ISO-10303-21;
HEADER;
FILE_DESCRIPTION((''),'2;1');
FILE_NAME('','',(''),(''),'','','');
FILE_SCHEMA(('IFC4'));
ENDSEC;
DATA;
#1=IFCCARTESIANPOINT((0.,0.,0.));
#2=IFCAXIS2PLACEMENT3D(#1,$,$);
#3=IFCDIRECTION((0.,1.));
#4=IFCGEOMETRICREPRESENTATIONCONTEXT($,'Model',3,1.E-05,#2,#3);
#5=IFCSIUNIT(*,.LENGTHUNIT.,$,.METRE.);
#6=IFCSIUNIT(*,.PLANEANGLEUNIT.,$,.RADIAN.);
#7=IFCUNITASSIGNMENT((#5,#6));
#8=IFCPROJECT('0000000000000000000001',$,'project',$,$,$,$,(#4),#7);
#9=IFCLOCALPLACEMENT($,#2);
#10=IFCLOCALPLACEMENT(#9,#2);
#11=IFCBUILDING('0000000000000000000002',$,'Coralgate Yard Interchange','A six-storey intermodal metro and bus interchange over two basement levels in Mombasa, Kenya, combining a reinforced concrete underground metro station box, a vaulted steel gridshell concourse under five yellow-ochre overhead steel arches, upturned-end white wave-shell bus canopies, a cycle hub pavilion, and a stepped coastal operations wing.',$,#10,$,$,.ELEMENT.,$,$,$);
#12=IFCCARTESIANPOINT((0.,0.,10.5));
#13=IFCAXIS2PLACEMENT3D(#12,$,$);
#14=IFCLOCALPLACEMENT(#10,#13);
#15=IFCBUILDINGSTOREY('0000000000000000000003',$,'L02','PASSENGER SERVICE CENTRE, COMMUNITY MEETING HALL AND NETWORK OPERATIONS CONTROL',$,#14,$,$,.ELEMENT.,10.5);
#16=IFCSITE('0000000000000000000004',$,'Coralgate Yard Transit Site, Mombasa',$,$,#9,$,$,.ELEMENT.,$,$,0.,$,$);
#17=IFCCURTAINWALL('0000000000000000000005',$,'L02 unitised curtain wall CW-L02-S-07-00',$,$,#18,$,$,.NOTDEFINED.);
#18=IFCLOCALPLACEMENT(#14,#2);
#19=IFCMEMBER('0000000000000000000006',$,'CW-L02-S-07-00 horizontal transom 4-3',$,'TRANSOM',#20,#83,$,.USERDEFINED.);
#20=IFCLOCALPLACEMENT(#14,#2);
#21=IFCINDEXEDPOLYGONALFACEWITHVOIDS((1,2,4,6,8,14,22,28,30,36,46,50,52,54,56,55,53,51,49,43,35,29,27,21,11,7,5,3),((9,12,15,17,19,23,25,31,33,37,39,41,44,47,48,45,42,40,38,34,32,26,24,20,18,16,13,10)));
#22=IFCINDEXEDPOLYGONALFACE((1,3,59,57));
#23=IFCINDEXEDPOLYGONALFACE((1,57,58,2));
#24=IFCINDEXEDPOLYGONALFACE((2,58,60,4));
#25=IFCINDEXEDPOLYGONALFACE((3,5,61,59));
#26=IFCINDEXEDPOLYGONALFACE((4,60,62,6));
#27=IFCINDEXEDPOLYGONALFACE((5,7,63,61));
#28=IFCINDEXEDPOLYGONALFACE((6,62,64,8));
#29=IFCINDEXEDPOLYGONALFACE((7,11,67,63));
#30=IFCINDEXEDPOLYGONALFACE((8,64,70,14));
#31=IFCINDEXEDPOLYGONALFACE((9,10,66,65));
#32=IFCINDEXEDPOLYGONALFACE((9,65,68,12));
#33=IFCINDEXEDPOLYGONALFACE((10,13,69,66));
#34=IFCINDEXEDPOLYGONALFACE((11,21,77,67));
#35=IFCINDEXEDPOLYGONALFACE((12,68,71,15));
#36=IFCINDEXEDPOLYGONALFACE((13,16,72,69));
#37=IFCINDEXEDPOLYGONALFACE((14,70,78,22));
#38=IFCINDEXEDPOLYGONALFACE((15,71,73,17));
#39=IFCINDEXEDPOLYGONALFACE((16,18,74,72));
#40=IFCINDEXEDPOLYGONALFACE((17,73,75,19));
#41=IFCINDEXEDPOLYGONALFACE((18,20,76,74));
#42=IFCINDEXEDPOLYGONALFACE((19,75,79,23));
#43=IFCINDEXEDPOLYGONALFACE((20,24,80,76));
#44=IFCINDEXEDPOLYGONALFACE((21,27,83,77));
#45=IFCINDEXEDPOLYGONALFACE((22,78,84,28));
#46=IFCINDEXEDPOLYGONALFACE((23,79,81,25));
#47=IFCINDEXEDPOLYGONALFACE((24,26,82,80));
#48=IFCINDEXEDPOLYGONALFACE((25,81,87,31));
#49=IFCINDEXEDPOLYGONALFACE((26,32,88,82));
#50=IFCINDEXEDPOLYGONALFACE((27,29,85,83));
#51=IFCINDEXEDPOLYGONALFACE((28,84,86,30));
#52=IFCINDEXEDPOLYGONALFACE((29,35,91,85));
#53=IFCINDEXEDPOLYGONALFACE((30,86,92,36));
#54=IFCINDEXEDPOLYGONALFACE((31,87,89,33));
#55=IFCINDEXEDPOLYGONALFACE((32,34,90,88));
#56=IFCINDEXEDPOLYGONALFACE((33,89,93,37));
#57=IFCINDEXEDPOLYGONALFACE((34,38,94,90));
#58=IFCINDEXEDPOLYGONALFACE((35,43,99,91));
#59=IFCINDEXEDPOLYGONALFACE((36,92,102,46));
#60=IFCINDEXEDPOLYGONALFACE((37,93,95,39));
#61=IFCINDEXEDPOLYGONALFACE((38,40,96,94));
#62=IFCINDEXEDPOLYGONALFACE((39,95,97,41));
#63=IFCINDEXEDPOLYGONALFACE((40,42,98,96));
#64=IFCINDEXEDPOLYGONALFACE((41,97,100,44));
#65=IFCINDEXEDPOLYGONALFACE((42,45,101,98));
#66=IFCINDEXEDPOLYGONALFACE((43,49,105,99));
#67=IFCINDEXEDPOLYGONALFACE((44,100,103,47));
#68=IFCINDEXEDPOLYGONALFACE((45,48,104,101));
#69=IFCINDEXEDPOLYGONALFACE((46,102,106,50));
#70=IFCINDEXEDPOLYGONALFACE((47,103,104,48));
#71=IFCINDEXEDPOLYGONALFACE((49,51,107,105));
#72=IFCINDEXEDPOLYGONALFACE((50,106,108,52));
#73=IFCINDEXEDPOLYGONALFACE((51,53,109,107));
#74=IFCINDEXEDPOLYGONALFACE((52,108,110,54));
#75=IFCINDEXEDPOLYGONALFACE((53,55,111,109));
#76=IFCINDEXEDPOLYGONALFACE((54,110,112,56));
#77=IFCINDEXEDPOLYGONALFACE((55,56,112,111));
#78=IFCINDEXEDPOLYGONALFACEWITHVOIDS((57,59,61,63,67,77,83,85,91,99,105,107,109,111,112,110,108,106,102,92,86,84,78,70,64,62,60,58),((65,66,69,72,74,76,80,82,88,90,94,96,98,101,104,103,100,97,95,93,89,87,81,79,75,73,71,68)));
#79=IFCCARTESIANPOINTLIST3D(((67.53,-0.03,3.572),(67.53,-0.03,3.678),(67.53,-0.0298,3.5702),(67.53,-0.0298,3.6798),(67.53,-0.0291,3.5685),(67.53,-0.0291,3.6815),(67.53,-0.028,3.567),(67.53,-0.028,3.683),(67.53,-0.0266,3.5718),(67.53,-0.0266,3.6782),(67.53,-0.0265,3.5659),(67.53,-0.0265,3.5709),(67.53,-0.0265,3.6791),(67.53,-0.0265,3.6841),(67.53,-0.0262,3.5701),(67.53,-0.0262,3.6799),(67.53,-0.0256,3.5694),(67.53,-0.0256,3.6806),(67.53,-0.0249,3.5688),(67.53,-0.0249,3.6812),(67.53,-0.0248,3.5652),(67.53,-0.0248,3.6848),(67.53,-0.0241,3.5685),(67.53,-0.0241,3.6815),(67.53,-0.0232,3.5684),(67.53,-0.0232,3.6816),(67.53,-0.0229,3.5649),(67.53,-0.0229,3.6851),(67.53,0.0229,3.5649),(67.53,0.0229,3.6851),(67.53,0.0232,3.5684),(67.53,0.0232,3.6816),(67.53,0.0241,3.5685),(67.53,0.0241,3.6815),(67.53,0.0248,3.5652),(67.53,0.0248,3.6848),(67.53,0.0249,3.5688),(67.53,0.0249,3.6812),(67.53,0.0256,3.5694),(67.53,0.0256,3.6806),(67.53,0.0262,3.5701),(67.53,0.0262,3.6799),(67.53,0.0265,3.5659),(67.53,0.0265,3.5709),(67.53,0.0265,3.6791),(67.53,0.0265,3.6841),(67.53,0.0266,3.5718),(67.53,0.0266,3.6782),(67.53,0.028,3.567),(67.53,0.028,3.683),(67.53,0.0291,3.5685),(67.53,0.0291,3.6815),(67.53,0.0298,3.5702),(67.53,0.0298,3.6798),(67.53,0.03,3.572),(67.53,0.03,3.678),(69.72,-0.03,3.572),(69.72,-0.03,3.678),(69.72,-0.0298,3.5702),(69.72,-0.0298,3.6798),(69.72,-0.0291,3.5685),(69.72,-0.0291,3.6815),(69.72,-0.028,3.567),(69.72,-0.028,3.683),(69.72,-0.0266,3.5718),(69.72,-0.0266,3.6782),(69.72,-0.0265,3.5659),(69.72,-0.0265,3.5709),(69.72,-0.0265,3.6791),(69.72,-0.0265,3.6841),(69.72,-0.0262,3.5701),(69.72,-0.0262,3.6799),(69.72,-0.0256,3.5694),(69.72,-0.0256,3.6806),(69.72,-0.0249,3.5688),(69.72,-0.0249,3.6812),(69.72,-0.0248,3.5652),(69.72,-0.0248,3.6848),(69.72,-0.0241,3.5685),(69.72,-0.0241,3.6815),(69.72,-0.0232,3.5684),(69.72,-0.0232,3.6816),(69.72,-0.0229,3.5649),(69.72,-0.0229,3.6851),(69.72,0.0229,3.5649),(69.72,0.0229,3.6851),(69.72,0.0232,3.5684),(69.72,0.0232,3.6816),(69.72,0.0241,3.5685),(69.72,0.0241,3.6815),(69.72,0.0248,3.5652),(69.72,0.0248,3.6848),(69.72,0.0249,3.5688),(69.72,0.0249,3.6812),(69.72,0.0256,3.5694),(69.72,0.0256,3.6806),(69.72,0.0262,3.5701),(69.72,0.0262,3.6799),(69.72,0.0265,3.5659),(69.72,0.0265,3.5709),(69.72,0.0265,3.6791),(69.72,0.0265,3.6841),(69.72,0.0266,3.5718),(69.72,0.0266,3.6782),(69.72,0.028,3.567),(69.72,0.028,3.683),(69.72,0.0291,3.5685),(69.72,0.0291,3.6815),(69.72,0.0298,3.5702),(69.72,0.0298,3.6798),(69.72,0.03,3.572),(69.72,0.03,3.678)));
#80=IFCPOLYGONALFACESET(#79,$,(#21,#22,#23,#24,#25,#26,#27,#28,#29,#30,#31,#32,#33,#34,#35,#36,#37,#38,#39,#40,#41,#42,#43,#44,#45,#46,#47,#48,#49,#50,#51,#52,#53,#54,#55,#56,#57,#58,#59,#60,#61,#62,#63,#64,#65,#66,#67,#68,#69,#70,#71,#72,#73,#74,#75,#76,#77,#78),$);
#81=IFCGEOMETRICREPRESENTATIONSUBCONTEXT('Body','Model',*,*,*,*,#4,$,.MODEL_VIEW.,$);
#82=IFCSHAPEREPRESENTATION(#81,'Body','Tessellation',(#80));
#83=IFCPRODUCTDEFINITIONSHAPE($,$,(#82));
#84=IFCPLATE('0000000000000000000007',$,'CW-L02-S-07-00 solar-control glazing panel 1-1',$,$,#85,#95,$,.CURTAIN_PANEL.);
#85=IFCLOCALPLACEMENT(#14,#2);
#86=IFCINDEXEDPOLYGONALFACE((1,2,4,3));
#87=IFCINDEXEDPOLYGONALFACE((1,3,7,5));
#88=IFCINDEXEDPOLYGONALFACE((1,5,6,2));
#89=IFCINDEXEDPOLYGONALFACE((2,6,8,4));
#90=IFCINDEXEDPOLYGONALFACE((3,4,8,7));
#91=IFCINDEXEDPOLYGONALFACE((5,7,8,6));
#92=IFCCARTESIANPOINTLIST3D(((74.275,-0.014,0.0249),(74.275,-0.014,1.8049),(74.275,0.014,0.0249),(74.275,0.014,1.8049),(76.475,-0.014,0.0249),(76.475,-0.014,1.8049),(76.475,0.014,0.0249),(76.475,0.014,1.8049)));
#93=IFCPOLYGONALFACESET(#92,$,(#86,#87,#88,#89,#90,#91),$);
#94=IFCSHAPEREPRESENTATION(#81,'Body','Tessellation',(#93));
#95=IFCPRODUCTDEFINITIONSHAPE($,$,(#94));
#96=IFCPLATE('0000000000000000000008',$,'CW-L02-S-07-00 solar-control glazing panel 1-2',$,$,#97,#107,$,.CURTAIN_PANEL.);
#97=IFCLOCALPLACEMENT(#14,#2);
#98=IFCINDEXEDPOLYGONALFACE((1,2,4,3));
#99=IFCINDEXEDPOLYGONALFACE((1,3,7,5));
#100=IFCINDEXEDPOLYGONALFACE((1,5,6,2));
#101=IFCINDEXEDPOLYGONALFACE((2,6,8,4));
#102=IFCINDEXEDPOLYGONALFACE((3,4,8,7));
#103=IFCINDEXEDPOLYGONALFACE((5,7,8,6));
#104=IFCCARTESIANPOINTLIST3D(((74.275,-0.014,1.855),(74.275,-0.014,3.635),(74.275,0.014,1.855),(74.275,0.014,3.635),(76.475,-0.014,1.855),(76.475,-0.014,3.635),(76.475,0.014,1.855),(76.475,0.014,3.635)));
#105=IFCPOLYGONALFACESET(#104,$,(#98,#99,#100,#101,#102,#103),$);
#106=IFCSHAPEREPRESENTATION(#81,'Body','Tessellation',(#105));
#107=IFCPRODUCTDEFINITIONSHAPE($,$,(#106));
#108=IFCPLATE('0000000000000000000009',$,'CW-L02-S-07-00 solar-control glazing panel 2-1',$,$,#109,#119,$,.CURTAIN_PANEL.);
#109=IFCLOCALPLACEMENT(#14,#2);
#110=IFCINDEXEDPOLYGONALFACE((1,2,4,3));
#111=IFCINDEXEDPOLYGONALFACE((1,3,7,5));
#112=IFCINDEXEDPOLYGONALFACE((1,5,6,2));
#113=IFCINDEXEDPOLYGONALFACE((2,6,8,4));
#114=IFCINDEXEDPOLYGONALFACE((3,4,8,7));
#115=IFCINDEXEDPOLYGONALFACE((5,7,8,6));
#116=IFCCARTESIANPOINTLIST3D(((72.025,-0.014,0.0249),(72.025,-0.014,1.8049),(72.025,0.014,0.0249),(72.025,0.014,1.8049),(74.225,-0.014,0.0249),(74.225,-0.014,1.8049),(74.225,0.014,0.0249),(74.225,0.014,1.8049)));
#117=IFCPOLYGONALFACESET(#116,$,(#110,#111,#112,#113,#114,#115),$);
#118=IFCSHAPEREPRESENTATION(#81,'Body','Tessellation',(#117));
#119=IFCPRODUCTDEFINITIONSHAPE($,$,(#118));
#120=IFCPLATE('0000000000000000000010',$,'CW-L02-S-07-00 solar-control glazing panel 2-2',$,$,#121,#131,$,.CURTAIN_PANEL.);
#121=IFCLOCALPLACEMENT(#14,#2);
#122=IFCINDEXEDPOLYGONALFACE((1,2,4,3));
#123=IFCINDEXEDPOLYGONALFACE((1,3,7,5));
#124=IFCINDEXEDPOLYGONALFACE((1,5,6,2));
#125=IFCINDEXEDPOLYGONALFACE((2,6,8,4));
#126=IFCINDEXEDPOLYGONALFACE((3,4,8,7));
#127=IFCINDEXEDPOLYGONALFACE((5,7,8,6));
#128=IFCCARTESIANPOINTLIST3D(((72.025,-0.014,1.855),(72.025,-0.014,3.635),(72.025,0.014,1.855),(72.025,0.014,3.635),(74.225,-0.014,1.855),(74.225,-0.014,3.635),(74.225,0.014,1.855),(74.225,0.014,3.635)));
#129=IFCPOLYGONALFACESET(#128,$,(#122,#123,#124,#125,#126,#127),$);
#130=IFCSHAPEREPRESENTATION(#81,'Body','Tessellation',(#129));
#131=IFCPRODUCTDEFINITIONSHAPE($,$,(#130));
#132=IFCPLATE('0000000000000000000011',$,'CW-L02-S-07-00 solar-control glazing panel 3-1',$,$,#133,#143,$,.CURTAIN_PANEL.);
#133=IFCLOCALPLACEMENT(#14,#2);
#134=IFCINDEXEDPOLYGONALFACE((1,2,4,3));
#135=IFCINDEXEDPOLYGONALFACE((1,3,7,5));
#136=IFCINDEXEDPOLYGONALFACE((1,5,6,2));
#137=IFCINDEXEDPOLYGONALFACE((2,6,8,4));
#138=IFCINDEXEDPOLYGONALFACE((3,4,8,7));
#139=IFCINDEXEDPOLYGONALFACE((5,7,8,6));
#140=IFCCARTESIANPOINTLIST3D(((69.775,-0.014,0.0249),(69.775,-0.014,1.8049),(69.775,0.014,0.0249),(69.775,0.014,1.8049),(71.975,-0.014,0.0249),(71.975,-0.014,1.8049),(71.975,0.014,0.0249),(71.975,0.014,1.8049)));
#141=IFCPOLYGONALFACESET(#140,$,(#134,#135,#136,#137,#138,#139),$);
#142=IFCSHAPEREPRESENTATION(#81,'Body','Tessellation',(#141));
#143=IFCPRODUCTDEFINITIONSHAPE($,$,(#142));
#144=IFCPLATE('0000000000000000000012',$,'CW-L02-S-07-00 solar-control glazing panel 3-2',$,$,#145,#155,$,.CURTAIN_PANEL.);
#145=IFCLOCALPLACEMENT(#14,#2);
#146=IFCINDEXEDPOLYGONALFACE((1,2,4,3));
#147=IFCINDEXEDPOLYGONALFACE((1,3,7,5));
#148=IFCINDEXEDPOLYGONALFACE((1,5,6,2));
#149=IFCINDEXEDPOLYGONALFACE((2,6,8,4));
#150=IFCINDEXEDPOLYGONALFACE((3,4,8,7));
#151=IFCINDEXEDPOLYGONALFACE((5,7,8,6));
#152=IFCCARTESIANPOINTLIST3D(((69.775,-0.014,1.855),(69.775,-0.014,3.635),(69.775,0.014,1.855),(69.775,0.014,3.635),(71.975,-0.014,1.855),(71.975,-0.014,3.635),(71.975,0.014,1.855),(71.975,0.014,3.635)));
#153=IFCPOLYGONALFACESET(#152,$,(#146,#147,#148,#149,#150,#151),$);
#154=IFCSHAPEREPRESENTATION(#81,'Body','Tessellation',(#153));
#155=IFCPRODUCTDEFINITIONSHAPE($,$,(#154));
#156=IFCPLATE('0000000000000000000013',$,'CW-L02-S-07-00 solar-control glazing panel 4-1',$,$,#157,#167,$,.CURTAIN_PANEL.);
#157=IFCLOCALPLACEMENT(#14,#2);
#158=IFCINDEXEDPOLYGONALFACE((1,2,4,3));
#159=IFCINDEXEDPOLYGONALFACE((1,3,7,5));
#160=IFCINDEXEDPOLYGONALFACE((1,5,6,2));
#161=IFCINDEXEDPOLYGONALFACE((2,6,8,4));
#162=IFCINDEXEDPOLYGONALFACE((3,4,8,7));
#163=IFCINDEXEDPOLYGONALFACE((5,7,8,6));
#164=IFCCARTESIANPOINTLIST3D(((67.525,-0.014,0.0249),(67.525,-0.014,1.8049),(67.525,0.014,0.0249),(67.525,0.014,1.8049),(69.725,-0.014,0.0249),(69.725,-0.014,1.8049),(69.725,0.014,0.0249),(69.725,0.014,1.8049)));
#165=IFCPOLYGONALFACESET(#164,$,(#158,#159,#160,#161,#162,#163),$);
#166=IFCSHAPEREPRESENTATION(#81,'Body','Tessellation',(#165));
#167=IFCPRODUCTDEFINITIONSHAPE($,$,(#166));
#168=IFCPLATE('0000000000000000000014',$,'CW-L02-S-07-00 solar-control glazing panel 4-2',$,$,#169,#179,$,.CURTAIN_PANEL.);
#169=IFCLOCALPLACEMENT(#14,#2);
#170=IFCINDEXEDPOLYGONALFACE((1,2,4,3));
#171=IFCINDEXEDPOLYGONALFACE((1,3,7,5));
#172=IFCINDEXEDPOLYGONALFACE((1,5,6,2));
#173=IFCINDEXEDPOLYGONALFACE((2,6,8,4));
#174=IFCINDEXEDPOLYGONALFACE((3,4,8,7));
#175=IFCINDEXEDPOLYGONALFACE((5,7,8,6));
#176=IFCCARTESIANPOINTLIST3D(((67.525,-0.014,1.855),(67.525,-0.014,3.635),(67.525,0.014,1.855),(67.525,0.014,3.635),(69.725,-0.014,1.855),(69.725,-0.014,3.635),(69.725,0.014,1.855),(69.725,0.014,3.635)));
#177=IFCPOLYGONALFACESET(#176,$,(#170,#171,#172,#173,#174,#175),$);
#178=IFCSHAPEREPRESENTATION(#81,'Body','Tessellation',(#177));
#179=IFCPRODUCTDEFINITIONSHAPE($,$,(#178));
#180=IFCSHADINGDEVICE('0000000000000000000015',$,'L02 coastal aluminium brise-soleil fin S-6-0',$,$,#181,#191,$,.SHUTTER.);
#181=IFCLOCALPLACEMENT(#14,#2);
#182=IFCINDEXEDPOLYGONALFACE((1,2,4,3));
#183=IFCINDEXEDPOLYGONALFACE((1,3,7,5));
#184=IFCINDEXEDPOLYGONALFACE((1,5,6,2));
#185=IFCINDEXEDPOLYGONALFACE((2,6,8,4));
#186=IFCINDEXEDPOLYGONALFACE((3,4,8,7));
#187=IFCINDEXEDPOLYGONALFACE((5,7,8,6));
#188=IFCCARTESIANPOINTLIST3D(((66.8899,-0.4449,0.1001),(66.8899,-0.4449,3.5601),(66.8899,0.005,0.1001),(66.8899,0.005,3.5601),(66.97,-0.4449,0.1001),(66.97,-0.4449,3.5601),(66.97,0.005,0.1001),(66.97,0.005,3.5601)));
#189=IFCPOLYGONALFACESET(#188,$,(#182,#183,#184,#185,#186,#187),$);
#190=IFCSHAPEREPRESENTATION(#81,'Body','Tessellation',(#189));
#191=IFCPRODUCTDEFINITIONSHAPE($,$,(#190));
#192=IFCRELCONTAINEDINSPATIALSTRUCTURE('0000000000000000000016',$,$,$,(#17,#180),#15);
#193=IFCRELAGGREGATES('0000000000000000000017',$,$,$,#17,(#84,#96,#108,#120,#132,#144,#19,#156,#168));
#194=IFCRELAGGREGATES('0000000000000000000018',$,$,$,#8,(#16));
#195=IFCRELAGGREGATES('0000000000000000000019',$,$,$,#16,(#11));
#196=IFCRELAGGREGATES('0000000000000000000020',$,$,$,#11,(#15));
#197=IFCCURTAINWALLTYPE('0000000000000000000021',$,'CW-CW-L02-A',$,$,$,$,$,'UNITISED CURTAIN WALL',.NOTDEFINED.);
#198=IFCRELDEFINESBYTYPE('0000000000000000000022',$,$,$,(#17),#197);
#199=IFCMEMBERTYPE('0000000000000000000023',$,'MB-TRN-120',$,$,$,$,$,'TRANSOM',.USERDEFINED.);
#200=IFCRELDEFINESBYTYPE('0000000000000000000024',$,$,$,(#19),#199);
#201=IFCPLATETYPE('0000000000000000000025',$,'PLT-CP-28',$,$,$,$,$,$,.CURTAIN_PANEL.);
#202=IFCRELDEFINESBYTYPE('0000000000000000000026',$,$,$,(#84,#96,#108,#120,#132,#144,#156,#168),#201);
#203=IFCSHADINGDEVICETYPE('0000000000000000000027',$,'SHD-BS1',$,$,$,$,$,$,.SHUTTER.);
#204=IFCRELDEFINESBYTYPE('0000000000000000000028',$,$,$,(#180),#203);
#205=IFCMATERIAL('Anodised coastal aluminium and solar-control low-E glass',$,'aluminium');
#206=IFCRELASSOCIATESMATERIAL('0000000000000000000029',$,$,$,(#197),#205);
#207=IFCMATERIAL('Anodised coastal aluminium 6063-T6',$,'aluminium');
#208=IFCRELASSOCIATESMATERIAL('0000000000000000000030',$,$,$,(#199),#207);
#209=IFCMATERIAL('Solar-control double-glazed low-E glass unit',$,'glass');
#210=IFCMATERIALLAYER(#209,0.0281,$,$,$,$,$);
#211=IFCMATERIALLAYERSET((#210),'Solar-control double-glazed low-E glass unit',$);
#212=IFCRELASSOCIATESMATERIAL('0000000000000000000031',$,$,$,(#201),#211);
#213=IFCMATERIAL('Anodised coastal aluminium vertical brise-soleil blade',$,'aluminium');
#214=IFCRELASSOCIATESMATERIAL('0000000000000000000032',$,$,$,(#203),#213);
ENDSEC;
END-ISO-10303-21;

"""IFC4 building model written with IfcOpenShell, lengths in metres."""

from ifc_helpers import new_model, si_unit, direction, frame, origin, origin_2d, place, context, subcontext, project, spatial, rectangle, hollow_rectangle, extrude, material, layer, layer_set, material_profile, profile_set, type_object, element, aggregate, save


model = new_model("IFC4")

# Units and contexts
model_context = context("Model", 3, precision=1e-05, world=origin(), true_north=direction((0.0, 1.0)))
body_context = subcontext(model_context, "Body", "Model", "MODEL_VIEW")
ifc_project = project(units=[si_unit("LENGTHUNIT", "METRE"), si_unit("PLANEANGLEUNIT", "RADIAN")], contexts=[model_context])

# Site, building, storey
site_placement = place(None, origin())
site = spatial("IfcSite", under=ifc_project, at=site_placement, Name="Coralgate Yard Transit Site, Mombasa", CompositionType="ELEMENT", RefElevation=0.0)
building_placement = place(site_placement, origin())
building = spatial("IfcBuilding", under=site, at=building_placement, Name="Coralgate Yard Interchange", Description="A six-storey intermodal metro and bus interchange over two basement levels in Mombasa, Kenya, combining a reinforced concrete underground metro station box, a vaulted steel gridshell concourse under five yellow-ochre overhead steel arches, upturned-end white wave-shell bus canopies, a cycle hub pavilion, and a stepped coastal operations wing.", CompositionType="ELEMENT")
storey_placement = place(building_placement, frame((0.0, 0.0, 10.5)))
storey = spatial("IfcBuildingStorey", under=building, at=storey_placement, Name="L02", Description="PASSENGER SERVICE CENTRE, COMMUNITY MEETING HALL AND NETWORK OPERATIONS CONTROL", CompositionType="ELEMENT", Elevation=10.5)

# Shared definitions
ifc_material_1 = material(Name="Anodised coastal aluminium and solar-control low-E glass", Category="aluminium")
curtain_wall_type = type_object("IfcCurtainWallType", Name="CW-CW-L02-A", ElementType="UNITISED CURTAIN WALL", PredefinedType="NOTDEFINED", material=ifc_material_1)
ifc_material_2 = material(Name="Anodised coastal aluminium 6063-T6", Category="aluminium")

# Curtain wall
curtain_wall_1_placement = place(storey_placement, origin())
curtain_wall_1 = element("IfcCurtainWall", 1, at=curtain_wall_1_placement, inside=storey, type_object=curtain_wall_type, Name="L02 unitised curtain wall CW-L02-S-07-00", PredefinedType="NOTDEFINED")

# Member
ifc_material_profile_1 = material_profile(ifc_material_2, hollow_rectangle(XDim=0.0601, YDim=0.1201, WallThickness=0.0034, InnerFilletRadius=0.0034, OuterFilletRadius=0.0071, at=origin_2d()), Name="ALU 60x120x3.5")
ifc_profile_set_1 = profile_set([ifc_material_profile_1], Name="Anodised coastal aluminium 6063-T6")
member_type_1 = type_object("IfcMemberType", Name="MB-TRN-120", ElementType="TRANSOM", PredefinedType="USERDEFINED", material=ifc_profile_set_1)
member_1_placement = place(storey_placement, frame((69.72, 0.0, 3.625), z_axis=(-1.0, 0.0, 0.0), x_axis=(0.0, -1.0, 0.0)))
member_1 = element("IfcMember", 2, at=member_1_placement, type_object=member_type_1, Name="CW-L02-S-07-00 horizontal transom 4-3", ObjectType="TRANSOM", PredefinedType="USERDEFINED", context=body_context, shape_type="SweptSolid", body=[
    extrude(hollow_rectangle(XDim=0.0601, YDim=0.1201, WallThickness=0.0034, InnerFilletRadius=0.0034, OuterFilletRadius=0.0071, at=origin_2d()), origin(), (0.0, 0.0, 1.0), 2.1899),
])

# Plates
ifc_material_3 = material(Name="Solar-control double-glazed low-E glass unit", Category="glass")
ifc_layer = layer(ifc_material_3, 0.0281)
ifc_layer_set = layer_set([ifc_layer], Name="Solar-control double-glazed low-E glass unit")
plate_type = type_object("IfcPlateType", Name="PLT-CP-28", PredefinedType="CURTAIN_PANEL", material=ifc_layer_set)
plate_1_placement = place(storey_placement, frame((75.375, 0.0, 0.0249), z_axis=(0.0, 0.0, 1.0), x_axis=(-1.0, 0.0, 0.0)))
plate_1 = element("IfcPlate", 3, at=plate_1_placement, type_object=plate_type, Name="CW-L02-S-07-00 solar-control glazing panel 1-1", PredefinedType="CURTAIN_PANEL", context=body_context, shape_type="SweptSolid", body=[
    extrude(rectangle(XDim=2.2, YDim=0.0281, at=origin_2d()), origin(), (0.0, 0.0, 1.0), 1.78),
])
plate_2_placement = place(storey_placement, frame((75.375, 0.0, 1.855), z_axis=(0.0, 0.0, 1.0), x_axis=(-1.0, 0.0, 0.0)))
plate_2 = element("IfcPlate", 4, at=plate_2_placement, type_object=plate_type, Name="CW-L02-S-07-00 solar-control glazing panel 1-2", PredefinedType="CURTAIN_PANEL", context=body_context, shape_type="SweptSolid", body=[
    extrude(rectangle(XDim=2.2, YDim=0.0281, at=origin_2d()), origin(), (0.0, 0.0, 1.0), 1.78),
])
plate_3_placement = place(storey_placement, frame((73.125, 0.0, 0.0249), z_axis=(0.0, 0.0, 1.0), x_axis=(-1.0, 0.0, 0.0)))
plate_3 = element("IfcPlate", 5, at=plate_3_placement, type_object=plate_type, Name="CW-L02-S-07-00 solar-control glazing panel 2-1", PredefinedType="CURTAIN_PANEL", context=body_context, shape_type="SweptSolid", body=[
    extrude(rectangle(XDim=2.2, YDim=0.0281, at=origin_2d()), origin(), (0.0, 0.0, 1.0), 1.78),
])
plate_4_placement = place(storey_placement, frame((73.125, 0.0, 1.855), z_axis=(0.0, 0.0, 1.0), x_axis=(-1.0, 0.0, 0.0)))
plate_4 = element("IfcPlate", 6, at=plate_4_placement, type_object=plate_type, Name="CW-L02-S-07-00 solar-control glazing panel 2-2", PredefinedType="CURTAIN_PANEL", context=body_context, shape_type="SweptSolid", body=[
    extrude(rectangle(XDim=2.2, YDim=0.0281, at=origin_2d()), origin(), (0.0, 0.0, 1.0), 1.78),
])
plate_5_placement = place(storey_placement, frame((70.875, 0.0, 0.0249), z_axis=(0.0, 0.0, 1.0), x_axis=(-1.0, 0.0, 0.0)))
plate_5 = element("IfcPlate", 7, at=plate_5_placement, type_object=plate_type, Name="CW-L02-S-07-00 solar-control glazing panel 3-1", PredefinedType="CURTAIN_PANEL", context=body_context, shape_type="SweptSolid", body=[
    extrude(rectangle(XDim=2.2, YDim=0.0281, at=origin_2d()), origin(), (0.0, 0.0, 1.0), 1.78),
])
plate_6_placement = place(storey_placement, frame((70.875, 0.0, 1.855), z_axis=(0.0, 0.0, 1.0), x_axis=(-1.0, 0.0, 0.0)))
plate_6 = element("IfcPlate", 8, at=plate_6_placement, type_object=plate_type, Name="CW-L02-S-07-00 solar-control glazing panel 3-2", PredefinedType="CURTAIN_PANEL", context=body_context, shape_type="SweptSolid", body=[
    extrude(rectangle(XDim=2.2, YDim=0.0281, at=origin_2d()), origin(), (0.0, 0.0, 1.0), 1.78),
])
plate_7_placement = place(storey_placement, frame((68.625, 0.0, 0.0249), z_axis=(0.0, 0.0, 1.0), x_axis=(-1.0, 0.0, 0.0)))
plate_7 = element("IfcPlate", 9, at=plate_7_placement, type_object=plate_type, Name="CW-L02-S-07-00 solar-control glazing panel 4-1", PredefinedType="CURTAIN_PANEL", context=body_context, shape_type="SweptSolid", body=[
    extrude(rectangle(XDim=2.2, YDim=0.0281, at=origin_2d()), origin(), (0.0, 0.0, 1.0), 1.78),
])
plate_8_placement = place(storey_placement, frame((68.625, 0.0, 1.855), z_axis=(0.0, 0.0, 1.0), x_axis=(-1.0, 0.0, 0.0)))
plate_8 = element("IfcPlate", 10, at=plate_8_placement, type_object=plate_type, Name="CW-L02-S-07-00 solar-control glazing panel 4-2", PredefinedType="CURTAIN_PANEL", context=body_context, shape_type="SweptSolid", body=[
    extrude(rectangle(XDim=2.2, YDim=0.0281, at=origin_2d()), origin(), (0.0, 0.0, 1.0), 1.78),
])
aggregate(curtain_wall_1, [plate_1, plate_2, plate_3, plate_4, plate_5, plate_6, member_1, plate_7, plate_8])

# Shading device
ifc_material_4 = material(Name="Anodised coastal aluminium vertical brise-soleil blade", Category="aluminium")
shading_device_type = type_object("IfcShadingDeviceType", Name="SHD-BS1", PredefinedType="SHUTTER", material=ifc_material_4)
shading_device_placement = place(storey_placement, frame((66.9299, -0.22, 0.1001), z_axis=(0.0, 0.0, 1.0), x_axis=(-1.0, 0.0, 0.0)))
element("IfcShadingDevice", 11, at=shading_device_placement, inside=storey, type_object=shading_device_type, Name="L02 coastal aluminium brise-soleil fin S-6-0", PredefinedType="SHUTTER", context=body_context, shape_type="SweptSolid", body=[
    extrude(rectangle(XDim=0.0801, YDim=0.45, at=origin_2d()), origin(), (0.0, 0.0, 1.0), 3.46),
])

save(model, "model.ifc")
